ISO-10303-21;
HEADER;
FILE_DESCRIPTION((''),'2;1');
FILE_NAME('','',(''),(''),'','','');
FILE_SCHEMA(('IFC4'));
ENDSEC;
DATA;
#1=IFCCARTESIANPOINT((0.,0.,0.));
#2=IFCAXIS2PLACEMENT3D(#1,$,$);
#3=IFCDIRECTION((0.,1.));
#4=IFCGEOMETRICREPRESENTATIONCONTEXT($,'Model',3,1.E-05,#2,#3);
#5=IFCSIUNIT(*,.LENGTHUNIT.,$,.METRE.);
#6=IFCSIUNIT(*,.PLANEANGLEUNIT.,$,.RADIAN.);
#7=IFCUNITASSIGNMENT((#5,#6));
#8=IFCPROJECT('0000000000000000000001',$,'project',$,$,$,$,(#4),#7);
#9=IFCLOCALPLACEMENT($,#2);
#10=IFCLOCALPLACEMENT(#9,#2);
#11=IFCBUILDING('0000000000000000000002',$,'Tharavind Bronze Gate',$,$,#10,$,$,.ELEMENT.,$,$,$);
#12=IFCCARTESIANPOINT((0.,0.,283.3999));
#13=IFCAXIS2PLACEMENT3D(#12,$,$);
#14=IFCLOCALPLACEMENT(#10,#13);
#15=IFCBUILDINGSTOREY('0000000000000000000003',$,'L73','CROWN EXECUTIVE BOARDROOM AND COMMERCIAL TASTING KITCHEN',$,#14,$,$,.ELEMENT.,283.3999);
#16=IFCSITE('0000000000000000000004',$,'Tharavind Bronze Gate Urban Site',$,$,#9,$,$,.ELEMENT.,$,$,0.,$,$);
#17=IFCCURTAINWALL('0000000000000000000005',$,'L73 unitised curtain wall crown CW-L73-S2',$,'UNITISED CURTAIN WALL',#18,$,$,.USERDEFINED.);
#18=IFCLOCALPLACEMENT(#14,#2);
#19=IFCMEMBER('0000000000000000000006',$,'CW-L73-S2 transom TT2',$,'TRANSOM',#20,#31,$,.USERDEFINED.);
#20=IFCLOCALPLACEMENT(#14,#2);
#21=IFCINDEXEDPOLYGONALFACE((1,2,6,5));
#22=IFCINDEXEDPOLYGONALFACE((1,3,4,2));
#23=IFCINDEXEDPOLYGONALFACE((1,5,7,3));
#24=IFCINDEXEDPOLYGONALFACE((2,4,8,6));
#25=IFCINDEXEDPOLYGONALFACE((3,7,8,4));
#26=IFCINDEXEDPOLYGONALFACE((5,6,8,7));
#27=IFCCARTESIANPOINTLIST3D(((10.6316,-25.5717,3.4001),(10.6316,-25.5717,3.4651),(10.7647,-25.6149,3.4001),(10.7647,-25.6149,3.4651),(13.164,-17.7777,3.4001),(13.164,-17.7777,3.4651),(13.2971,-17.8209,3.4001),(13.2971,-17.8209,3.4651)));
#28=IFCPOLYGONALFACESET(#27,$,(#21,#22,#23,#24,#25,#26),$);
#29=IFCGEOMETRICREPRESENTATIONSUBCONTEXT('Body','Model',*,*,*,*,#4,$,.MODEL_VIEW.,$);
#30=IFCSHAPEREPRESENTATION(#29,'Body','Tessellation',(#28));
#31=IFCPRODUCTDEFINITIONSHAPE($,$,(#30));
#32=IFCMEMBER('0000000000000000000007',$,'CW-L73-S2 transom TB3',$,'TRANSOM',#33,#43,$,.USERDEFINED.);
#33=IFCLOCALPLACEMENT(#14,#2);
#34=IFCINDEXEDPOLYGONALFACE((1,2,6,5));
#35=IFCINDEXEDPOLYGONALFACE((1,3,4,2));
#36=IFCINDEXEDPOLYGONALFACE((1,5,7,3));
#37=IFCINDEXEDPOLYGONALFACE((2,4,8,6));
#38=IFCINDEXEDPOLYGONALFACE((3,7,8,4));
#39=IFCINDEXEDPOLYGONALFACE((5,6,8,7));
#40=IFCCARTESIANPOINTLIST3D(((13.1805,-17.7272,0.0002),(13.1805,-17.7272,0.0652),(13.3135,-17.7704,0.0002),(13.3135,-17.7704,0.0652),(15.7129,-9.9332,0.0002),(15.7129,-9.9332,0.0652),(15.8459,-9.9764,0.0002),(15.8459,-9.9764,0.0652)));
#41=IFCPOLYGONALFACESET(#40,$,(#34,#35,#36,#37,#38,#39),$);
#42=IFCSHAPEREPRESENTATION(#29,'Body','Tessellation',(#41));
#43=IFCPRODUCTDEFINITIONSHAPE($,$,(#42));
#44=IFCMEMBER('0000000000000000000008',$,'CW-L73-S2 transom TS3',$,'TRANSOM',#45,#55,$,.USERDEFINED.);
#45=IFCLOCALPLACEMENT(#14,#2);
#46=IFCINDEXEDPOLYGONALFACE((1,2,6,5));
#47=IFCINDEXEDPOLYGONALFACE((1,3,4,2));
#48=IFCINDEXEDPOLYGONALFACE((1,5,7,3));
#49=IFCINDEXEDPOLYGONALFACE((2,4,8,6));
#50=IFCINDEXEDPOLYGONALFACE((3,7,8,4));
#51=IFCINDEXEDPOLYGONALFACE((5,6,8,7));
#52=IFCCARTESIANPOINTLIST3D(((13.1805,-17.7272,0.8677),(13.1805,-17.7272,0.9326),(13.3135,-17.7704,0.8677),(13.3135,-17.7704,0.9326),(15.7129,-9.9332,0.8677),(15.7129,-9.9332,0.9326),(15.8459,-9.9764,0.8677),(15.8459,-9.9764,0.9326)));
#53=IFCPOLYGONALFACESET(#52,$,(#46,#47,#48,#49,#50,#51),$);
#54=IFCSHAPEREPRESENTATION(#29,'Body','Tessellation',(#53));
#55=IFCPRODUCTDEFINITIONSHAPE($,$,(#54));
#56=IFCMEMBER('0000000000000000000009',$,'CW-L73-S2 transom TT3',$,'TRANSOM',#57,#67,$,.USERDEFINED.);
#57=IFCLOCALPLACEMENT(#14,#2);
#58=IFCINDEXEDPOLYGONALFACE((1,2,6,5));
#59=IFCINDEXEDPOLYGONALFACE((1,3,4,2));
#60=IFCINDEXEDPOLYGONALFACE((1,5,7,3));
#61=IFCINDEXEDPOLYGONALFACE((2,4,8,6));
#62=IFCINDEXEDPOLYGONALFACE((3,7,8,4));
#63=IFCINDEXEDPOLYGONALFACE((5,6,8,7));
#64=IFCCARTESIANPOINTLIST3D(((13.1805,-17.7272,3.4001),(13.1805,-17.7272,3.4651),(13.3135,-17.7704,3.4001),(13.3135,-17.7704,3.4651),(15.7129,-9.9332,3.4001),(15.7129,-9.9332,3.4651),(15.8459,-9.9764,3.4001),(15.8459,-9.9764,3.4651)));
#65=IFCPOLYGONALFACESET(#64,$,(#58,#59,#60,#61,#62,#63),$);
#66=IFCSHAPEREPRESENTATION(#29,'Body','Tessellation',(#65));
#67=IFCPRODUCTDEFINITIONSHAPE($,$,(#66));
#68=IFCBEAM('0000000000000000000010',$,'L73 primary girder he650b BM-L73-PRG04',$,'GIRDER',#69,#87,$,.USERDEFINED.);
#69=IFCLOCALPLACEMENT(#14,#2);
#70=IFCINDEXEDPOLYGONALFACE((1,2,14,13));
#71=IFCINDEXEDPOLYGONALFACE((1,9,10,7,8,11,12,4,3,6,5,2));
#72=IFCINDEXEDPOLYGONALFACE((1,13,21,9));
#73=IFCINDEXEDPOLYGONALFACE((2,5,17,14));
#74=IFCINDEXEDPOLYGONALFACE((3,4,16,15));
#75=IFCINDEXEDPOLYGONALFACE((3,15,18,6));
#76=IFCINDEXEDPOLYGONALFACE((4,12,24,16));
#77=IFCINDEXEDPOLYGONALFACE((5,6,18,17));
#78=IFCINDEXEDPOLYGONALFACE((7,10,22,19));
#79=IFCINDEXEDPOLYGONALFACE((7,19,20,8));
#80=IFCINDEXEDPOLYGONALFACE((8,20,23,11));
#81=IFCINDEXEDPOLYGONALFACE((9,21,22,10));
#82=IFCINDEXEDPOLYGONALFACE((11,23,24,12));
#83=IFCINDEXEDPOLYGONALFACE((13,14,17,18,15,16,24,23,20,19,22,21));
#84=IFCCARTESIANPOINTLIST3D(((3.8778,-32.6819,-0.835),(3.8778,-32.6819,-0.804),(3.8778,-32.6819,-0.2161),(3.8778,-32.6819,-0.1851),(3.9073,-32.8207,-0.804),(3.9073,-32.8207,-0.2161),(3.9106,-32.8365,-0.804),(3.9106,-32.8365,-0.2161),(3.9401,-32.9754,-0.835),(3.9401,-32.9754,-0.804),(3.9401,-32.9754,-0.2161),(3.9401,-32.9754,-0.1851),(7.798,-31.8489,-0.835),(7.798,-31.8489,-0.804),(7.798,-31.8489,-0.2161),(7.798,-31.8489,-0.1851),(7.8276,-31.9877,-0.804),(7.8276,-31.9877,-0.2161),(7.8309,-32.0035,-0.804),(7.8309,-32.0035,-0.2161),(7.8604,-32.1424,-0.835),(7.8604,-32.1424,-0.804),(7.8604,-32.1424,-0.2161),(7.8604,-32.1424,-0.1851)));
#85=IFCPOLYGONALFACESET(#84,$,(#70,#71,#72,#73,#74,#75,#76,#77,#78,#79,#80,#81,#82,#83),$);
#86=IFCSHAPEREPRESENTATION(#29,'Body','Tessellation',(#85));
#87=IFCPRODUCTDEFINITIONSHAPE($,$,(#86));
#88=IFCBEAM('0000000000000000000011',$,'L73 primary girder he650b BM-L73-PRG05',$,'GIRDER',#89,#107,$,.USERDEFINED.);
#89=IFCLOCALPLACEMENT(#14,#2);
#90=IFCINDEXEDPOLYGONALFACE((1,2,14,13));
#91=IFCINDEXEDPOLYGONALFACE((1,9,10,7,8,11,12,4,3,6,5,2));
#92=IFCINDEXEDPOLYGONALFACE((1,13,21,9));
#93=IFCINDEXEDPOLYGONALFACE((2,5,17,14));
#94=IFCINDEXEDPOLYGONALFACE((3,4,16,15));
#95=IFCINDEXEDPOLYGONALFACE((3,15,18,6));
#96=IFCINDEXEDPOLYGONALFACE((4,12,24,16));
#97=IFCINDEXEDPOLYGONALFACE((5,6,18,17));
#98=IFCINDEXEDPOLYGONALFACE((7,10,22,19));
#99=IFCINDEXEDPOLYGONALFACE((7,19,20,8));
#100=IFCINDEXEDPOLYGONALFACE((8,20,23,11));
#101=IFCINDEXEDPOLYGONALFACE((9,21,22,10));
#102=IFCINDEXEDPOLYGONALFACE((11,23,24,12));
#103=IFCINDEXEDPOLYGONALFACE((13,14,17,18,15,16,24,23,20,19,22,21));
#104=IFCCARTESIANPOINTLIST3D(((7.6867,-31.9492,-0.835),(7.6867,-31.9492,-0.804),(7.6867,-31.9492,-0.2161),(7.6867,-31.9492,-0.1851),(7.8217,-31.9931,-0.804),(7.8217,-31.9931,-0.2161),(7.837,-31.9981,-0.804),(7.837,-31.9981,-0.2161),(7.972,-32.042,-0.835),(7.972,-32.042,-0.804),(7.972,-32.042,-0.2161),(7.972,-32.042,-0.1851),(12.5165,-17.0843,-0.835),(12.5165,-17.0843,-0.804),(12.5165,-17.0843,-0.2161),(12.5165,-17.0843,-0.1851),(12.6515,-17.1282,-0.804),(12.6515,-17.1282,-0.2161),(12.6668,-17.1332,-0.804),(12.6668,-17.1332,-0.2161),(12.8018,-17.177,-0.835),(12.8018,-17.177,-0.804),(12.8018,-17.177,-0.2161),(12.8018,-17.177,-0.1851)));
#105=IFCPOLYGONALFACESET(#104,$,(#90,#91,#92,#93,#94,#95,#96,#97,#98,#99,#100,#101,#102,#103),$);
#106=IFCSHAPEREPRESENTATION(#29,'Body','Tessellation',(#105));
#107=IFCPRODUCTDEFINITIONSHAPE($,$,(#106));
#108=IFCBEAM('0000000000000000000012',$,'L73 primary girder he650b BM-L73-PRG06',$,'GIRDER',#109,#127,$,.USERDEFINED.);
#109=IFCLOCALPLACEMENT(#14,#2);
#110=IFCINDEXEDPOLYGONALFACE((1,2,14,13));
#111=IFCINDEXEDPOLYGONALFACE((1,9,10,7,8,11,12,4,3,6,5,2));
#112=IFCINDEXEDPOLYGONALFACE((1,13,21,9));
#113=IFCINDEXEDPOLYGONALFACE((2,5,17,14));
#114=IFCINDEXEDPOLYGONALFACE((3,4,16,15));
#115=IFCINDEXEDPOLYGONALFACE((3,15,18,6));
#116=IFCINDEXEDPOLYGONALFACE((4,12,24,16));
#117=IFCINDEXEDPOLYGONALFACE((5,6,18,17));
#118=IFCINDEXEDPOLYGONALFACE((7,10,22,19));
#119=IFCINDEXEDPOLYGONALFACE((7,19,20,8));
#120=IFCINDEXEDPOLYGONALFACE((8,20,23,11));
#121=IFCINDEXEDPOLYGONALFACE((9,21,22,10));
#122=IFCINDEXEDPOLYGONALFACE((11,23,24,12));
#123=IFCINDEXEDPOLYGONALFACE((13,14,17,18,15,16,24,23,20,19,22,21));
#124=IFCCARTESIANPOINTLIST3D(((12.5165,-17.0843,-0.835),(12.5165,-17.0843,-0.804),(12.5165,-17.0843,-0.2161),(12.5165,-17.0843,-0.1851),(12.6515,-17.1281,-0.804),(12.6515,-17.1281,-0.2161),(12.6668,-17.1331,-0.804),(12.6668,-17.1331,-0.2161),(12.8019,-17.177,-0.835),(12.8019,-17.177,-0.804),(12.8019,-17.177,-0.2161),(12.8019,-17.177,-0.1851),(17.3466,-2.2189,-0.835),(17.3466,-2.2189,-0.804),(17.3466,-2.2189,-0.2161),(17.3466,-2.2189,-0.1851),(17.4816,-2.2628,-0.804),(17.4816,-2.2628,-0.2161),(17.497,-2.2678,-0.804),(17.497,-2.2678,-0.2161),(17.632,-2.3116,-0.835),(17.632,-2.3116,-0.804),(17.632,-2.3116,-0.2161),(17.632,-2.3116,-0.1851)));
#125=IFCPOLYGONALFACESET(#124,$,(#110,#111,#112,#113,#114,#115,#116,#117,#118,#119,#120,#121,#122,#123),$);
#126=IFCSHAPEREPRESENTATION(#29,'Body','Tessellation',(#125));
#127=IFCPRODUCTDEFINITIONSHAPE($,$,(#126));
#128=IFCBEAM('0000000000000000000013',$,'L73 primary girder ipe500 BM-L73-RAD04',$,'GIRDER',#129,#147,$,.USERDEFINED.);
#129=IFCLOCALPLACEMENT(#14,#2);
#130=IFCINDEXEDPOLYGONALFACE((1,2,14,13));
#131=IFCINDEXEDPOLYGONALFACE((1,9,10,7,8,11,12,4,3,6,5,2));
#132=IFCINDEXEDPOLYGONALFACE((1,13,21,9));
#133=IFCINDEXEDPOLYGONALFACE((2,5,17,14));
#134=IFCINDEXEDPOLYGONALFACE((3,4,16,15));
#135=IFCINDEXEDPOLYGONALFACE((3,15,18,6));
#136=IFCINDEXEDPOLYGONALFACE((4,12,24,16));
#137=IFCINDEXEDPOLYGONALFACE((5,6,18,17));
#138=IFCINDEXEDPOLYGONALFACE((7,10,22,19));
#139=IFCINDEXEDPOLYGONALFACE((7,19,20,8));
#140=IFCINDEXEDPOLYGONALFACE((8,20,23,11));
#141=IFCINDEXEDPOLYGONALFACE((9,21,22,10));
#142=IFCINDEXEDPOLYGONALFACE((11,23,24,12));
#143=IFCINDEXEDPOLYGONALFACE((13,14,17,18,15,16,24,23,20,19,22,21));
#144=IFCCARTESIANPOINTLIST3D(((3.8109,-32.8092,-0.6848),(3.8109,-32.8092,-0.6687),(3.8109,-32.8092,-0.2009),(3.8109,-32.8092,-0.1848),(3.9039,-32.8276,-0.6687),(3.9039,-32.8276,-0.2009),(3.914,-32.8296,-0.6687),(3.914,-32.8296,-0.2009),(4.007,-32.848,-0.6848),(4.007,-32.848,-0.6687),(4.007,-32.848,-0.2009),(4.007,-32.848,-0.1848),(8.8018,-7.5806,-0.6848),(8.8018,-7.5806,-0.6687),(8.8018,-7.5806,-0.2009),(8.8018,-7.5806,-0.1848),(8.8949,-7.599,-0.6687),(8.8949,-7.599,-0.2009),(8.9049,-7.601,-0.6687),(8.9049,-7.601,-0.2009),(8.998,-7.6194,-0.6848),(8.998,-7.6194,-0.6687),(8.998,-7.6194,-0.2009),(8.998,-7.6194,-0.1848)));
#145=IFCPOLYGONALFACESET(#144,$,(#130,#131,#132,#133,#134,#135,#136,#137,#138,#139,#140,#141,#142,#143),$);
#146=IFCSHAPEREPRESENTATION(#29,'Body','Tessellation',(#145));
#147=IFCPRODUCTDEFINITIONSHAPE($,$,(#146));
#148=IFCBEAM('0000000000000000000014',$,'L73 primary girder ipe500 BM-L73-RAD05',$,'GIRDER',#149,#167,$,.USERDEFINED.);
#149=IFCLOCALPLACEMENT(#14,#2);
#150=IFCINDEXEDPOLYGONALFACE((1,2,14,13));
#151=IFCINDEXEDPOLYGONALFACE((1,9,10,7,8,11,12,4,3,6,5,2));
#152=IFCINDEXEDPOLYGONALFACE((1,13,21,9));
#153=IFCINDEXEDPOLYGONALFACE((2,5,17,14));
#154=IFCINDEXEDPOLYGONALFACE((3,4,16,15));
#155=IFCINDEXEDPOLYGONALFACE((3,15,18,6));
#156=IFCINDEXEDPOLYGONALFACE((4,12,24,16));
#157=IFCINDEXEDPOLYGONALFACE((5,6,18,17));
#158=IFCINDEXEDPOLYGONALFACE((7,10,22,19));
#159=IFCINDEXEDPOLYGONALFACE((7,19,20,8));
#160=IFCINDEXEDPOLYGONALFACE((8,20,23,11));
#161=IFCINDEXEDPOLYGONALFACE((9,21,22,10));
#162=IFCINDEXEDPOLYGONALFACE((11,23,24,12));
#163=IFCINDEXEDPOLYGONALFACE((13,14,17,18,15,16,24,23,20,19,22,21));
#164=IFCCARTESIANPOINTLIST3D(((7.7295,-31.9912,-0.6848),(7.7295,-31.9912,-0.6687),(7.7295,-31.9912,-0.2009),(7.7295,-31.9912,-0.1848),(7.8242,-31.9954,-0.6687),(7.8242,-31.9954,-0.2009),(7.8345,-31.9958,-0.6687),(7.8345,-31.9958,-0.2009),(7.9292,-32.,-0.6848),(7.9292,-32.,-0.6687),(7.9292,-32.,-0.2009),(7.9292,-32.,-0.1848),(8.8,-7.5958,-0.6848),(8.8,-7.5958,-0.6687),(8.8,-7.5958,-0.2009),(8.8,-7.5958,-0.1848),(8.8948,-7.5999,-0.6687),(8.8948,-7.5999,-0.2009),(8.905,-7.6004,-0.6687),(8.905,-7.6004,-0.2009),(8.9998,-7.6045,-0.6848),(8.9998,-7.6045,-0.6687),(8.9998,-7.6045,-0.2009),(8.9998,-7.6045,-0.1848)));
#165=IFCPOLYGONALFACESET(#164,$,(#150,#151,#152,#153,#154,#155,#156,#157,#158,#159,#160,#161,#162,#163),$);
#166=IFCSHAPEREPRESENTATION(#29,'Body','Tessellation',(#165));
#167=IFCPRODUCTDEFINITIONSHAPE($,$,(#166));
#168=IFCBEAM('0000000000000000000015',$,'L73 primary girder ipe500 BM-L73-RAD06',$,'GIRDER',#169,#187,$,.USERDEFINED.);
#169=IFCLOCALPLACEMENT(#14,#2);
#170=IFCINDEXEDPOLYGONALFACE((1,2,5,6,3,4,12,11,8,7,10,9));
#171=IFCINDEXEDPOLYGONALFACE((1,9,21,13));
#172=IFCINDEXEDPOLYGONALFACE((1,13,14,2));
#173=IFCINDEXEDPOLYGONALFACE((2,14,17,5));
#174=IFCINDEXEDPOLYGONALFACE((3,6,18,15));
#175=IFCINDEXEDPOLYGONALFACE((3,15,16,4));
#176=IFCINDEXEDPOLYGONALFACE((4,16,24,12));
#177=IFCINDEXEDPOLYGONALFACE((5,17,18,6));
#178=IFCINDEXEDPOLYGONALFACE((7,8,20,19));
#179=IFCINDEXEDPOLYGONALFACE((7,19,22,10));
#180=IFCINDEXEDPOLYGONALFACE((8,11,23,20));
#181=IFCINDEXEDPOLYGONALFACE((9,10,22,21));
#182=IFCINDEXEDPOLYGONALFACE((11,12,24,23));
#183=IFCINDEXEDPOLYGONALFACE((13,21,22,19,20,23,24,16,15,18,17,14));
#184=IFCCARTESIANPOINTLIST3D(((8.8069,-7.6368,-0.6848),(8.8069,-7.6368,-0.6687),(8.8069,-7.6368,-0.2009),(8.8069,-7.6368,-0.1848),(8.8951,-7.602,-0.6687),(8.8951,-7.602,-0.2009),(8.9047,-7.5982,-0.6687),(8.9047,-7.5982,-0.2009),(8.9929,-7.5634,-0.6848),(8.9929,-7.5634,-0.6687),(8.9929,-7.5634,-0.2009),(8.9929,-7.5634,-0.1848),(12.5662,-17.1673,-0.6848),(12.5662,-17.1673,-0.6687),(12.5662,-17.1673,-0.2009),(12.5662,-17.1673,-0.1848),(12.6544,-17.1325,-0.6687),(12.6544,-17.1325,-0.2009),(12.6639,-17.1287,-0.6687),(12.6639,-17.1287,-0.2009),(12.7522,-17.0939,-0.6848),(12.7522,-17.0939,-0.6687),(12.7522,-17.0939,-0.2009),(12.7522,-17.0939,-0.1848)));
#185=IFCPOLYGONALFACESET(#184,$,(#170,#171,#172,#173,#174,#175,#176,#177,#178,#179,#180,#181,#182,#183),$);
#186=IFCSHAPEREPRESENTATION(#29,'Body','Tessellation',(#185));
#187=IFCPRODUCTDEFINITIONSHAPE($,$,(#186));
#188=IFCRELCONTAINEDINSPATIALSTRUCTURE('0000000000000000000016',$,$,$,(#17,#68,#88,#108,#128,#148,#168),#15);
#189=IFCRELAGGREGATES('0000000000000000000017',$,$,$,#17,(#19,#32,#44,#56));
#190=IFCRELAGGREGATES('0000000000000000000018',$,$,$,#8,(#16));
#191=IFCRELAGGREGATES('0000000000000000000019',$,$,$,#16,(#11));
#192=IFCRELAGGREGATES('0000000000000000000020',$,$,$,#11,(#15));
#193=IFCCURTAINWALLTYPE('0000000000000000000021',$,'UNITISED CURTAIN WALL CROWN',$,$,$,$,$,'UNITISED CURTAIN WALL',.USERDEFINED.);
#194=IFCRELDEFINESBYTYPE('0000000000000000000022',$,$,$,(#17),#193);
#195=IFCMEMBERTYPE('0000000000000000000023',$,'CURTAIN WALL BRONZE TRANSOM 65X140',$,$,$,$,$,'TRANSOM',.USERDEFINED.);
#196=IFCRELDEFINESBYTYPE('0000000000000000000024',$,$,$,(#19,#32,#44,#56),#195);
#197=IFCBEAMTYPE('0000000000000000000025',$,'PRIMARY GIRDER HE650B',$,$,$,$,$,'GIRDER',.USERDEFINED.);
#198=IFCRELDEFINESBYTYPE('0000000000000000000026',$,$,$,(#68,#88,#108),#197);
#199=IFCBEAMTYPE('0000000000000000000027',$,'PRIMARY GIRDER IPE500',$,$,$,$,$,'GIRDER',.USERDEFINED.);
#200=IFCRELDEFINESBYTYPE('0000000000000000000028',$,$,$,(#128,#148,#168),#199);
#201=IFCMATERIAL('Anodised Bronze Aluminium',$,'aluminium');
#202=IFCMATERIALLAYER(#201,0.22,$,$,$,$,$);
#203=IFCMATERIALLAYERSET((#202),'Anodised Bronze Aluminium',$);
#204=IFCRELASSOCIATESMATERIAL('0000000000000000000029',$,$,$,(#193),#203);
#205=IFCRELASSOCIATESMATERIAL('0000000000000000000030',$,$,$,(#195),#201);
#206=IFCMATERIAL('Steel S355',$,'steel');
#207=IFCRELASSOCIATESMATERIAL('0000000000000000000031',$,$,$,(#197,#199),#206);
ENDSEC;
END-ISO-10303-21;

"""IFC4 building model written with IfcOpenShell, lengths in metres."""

from ifc_helpers import new_model, si_unit, direction, frame, origin, origin_2d, place, context, subcontext, project, spatial, rectangle, i_section, extrude, material, layer, layer_set, material_profile, profile_set, type_object, element, aggregate, save


model = new_model("IFC4")

# Units and contexts
model_context = context("Model", 3, precision=1e-05, world=origin(), true_north=direction((0.0, 1.0)))
body_context = subcontext(model_context, "Body", "Model", "MODEL_VIEW")
ifc_project = project(units=[si_unit("LENGTHUNIT", "METRE"), si_unit("PLANEANGLEUNIT", "RADIAN")], contexts=[model_context])

# Site, building, storey
site_placement = place(None, origin())
site = spatial("IfcSite", under=ifc_project, at=site_placement, Name="Tharavind Bronze Gate Urban Site", CompositionType="ELEMENT", RefElevation=0.0)
building_placement = place(site_placement, origin())
building = spatial("IfcBuilding", under=site, at=building_placement, Name="Tharavind Bronze Gate", CompositionType="ELEMENT")
storey_placement = place(building_placement, frame((0.0, 0.0, 283.3999)))
storey = spatial("IfcBuildingStorey", under=building, at=storey_placement, Name="L73", Description="CROWN EXECUTIVE BOARDROOM AND COMMERCIAL TASTING KITCHEN", CompositionType="ELEMENT", Elevation=283.3999)

# Shared definitions
ifc_material_1 = material(Name="Anodised Bronze Aluminium", Category="aluminium")
ifc_layer_1 = layer(ifc_material_1, 0.22)
ifc_layer_set_1 = layer_set([ifc_layer_1], Name="Anodised Bronze Aluminium")
curtain_wall_type = type_object("IfcCurtainWallType", Name="UNITISED CURTAIN WALL CROWN", ElementType="UNITISED CURTAIN WALL", PredefinedType="USERDEFINED", material=ifc_layer_set_1)

# Curtain wall
curtain_wall_1_placement = place(storey_placement, origin())
curtain_wall_1 = element("IfcCurtainWall", 1, at=curtain_wall_1_placement, inside=storey, type_object=curtain_wall_type, Name="L73 unitised curtain wall crown CW-L73-S2", ObjectType="UNITISED CURTAIN WALL", PredefinedType="USERDEFINED")

# Members
member_type_1 = type_object("IfcMemberType", Name="CURTAIN WALL BRONZE TRANSOM 65X140", ElementType="TRANSOM", PredefinedType="USERDEFINED", material=ifc_material_1)
member_1_placement = place(storey_placement, frame((11.9644, -21.6963, 3.4001), z_axis=(0.0, 0.0, 1.0), x_axis=(0.309017, 0.951057, 0.0)))
member_1 = element("IfcMember", 2, at=member_1_placement, type_object=member_type_1, Name="CW-L73-S2 transom TT2", ObjectType="TRANSOM", PredefinedType="USERDEFINED", context=body_context, shape_type="SweptSolid", body=[
    extrude(rectangle(XDim=8.1951, YDim=0.1399, at=origin_2d()), origin(), (0.0, 0.0, 1.0), 0.0649),
])
member_2_placement = place(storey_placement, frame((14.5132, -13.8518, 0.0002), z_axis=(0.0, 0.0, 1.0), x_axis=(0.309017, 0.951057, 0.0)))
member_2 = element("IfcMember", 3, at=member_2_placement, type_object=member_type_1, Name="CW-L73-S2 transom TB3", ObjectType="TRANSOM", PredefinedType="USERDEFINED", context=body_context, shape_type="SweptSolid", body=[
    extrude(rectangle(XDim=8.1951, YDim=0.1399, at=origin_2d()), origin(), (0.0, 0.0, 1.0), 0.0649),
])
member_3_placement = place(storey_placement, frame((14.5132, -13.8518, 0.8677), z_axis=(0.0, 0.0, 1.0), x_axis=(0.309017, 0.951057, 0.0)))
member_3 = element("IfcMember", 4, at=member_3_placement, type_object=member_type_1, Name="CW-L73-S2 transom TS3", ObjectType="TRANSOM", PredefinedType="USERDEFINED", context=body_context, shape_type="SweptSolid", body=[
    extrude(rectangle(XDim=8.1951, YDim=0.1399, at=origin_2d()), origin(), (0.0, 0.0, 1.0), 0.0649),
])
member_4_placement = place(storey_placement, frame((14.5132, -13.8518, 3.4001), z_axis=(0.0, 0.0, 1.0), x_axis=(0.309017, 0.951057, 0.0)))
member_4 = element("IfcMember", 5, at=member_4_placement, type_object=member_type_1, Name="CW-L73-S2 transom TT3", ObjectType="TRANSOM", PredefinedType="USERDEFINED", context=body_context, shape_type="SweptSolid", body=[
    extrude(rectangle(XDim=8.1951, YDim=0.1399, at=origin_2d()), origin(), (0.0, 0.0, 1.0), 0.0649),
])

# Beams
ifc_material_2 = material(Name="Steel S355", Category="steel")
ifc_material_profile_1 = material_profile(ifc_material_2, i_section(OverallWidth=0.3, OverallDepth=0.6499, WebThickness=0.0161, FlangeThickness=0.031, at=origin_2d()), Name="HE650B")
ifc_profile_set_1 = profile_set([ifc_material_profile_1], Name="Steel S355")
beam_type_1 = type_object("IfcBeamType", Name="PRIMARY GIRDER HE650B", ElementType="GIRDER", PredefinedType="USERDEFINED", material=ifc_profile_set_1)
beam_1_placement = place(storey_placement, frame((3.9089, -32.8286, -0.51), z_axis=(0.978163, 0.20784, 0.0), x_axis=(-0.20784, 0.978163, 0.0)))
element("IfcBeam", 6, at=beam_1_placement, inside=storey, type_object=beam_type_1, Name="L73 primary girder he650b BM-L73-PRG04", ObjectType="GIRDER", PredefinedType="USERDEFINED", context=body_context, shape_type="SweptSolid", body=[
    extrude(i_section(OverallWidth=0.3, OverallDepth=0.6499, WebThickness=0.0161, FlangeThickness=0.031, at=origin_2d()), origin(), (0.0, 0.0, 1.0), 4.0078),
])
beam_2_placement = place(storey_placement, frame((7.8293, -31.9956, -0.51), z_axis=(0.309012, 0.951058, 0.0), x_axis=(-0.951058, 0.309012, 0.0)))
element("IfcBeam", 7, at=beam_2_placement, inside=storey, type_object=beam_type_1, Name="L73 primary girder he650b BM-L73-PRG05", ObjectType="GIRDER", PredefinedType="USERDEFINED", context=body_context, shape_type="SweptSolid", body=[
    extrude(i_section(OverallWidth=0.3, OverallDepth=0.6499, WebThickness=0.0161, FlangeThickness=0.031, at=origin_2d()), origin(), (0.0, 0.0, 1.0), 15.6299),
])
beam_3_placement = place(storey_placement, frame((12.6592, -17.1306, -0.51), z_axis=(0.309021, 0.951055, 0.0), x_axis=(-0.951055, 0.309021, 0.0)))
element("IfcBeam", 8, at=beam_3_placement, inside=storey, type_object=beam_type_1, Name="L73 primary girder he650b BM-L73-PRG06", ObjectType="GIRDER", PredefinedType="USERDEFINED", context=body_context, shape_type="SweptSolid", body=[
    extrude(i_section(OverallWidth=0.3, OverallDepth=0.6499, WebThickness=0.0161, FlangeThickness=0.031, at=origin_2d()), origin(), (0.0, 0.0, 1.0), 15.6304),
])
ifc_material_profile_2 = material_profile(ifc_material_2, i_section(OverallWidth=0.2, OverallDepth=0.5, WebThickness=0.0103, FlangeThickness=0.0161, at=origin_2d()), Name="IPE500")
ifc_profile_set_2 = profile_set([ifc_material_profile_2], Name="Steel S355")
beam_type_2 = type_object("IfcBeamType", Name="PRIMARY GIRDER IPE500", ElementType="GIRDER", PredefinedType="USERDEFINED", material=ifc_profile_set_2)
beam_4_placement = place(storey_placement, frame((3.9089, -32.8286, -0.4348), z_axis=(0.194069, 0.980988, 0.0), x_axis=(-0.980988, 0.194069, 0.0)))
element("IfcBeam", 9, at=beam_4_placement, inside=storey, type_object=beam_type_2, Name="L73 primary girder ipe500 BM-L73-RAD04", ObjectType="GIRDER", PredefinedType="USERDEFINED", context=body_context, shape_type="SweptSolid", body=[
    extrude(i_section(OverallWidth=0.2, OverallDepth=0.5, WebThickness=0.0103, FlangeThickness=0.0161, at=origin_2d()), origin(), (0.0, 0.0, 1.0), 25.7175),
])
beam_5_placement = place(storey_placement, frame((7.8293, -31.9956, -0.4348), z_axis=(0.043841, 0.999039, 0.0), x_axis=(-0.999039, 0.043841, 0.0)))
element("IfcBeam", 10, at=beam_5_placement, inside=storey, type_object=beam_type_2, Name="L73 primary girder ipe500 BM-L73-RAD05", ObjectType="GIRDER", PredefinedType="USERDEFINED", context=body_context, shape_type="SweptSolid", body=[
    extrude(i_section(OverallWidth=0.2, OverallDepth=0.5, WebThickness=0.0103, FlangeThickness=0.0161, at=origin_2d()), origin(), (0.0, 0.0, 1.0), 24.4189),
])
beam_6_placement = place(storey_placement, frame((12.6592, -17.1306, -0.4348), z_axis=(-0.366933, 0.930247, 0.0), x_axis=(-0.930247, -0.366933, 0.0)))
element("IfcBeam", 11, at=beam_6_placement, inside=storey, type_object=beam_type_2, Name="L73 primary girder ipe500 BM-L73-RAD06", ObjectType="GIRDER", PredefinedType="USERDEFINED", context=body_context, shape_type="SweptSolid", body=[
    extrude(i_section(OverallWidth=0.2, OverallDepth=0.5, WebThickness=0.0103, FlangeThickness=0.0161, at=origin_2d()), origin(), (0.0, 0.0, 1.0), 10.2451),
])

aggregate(curtain_wall_1, [member_1, member_2, member_3, member_4])

save(model, "model.ifc")
